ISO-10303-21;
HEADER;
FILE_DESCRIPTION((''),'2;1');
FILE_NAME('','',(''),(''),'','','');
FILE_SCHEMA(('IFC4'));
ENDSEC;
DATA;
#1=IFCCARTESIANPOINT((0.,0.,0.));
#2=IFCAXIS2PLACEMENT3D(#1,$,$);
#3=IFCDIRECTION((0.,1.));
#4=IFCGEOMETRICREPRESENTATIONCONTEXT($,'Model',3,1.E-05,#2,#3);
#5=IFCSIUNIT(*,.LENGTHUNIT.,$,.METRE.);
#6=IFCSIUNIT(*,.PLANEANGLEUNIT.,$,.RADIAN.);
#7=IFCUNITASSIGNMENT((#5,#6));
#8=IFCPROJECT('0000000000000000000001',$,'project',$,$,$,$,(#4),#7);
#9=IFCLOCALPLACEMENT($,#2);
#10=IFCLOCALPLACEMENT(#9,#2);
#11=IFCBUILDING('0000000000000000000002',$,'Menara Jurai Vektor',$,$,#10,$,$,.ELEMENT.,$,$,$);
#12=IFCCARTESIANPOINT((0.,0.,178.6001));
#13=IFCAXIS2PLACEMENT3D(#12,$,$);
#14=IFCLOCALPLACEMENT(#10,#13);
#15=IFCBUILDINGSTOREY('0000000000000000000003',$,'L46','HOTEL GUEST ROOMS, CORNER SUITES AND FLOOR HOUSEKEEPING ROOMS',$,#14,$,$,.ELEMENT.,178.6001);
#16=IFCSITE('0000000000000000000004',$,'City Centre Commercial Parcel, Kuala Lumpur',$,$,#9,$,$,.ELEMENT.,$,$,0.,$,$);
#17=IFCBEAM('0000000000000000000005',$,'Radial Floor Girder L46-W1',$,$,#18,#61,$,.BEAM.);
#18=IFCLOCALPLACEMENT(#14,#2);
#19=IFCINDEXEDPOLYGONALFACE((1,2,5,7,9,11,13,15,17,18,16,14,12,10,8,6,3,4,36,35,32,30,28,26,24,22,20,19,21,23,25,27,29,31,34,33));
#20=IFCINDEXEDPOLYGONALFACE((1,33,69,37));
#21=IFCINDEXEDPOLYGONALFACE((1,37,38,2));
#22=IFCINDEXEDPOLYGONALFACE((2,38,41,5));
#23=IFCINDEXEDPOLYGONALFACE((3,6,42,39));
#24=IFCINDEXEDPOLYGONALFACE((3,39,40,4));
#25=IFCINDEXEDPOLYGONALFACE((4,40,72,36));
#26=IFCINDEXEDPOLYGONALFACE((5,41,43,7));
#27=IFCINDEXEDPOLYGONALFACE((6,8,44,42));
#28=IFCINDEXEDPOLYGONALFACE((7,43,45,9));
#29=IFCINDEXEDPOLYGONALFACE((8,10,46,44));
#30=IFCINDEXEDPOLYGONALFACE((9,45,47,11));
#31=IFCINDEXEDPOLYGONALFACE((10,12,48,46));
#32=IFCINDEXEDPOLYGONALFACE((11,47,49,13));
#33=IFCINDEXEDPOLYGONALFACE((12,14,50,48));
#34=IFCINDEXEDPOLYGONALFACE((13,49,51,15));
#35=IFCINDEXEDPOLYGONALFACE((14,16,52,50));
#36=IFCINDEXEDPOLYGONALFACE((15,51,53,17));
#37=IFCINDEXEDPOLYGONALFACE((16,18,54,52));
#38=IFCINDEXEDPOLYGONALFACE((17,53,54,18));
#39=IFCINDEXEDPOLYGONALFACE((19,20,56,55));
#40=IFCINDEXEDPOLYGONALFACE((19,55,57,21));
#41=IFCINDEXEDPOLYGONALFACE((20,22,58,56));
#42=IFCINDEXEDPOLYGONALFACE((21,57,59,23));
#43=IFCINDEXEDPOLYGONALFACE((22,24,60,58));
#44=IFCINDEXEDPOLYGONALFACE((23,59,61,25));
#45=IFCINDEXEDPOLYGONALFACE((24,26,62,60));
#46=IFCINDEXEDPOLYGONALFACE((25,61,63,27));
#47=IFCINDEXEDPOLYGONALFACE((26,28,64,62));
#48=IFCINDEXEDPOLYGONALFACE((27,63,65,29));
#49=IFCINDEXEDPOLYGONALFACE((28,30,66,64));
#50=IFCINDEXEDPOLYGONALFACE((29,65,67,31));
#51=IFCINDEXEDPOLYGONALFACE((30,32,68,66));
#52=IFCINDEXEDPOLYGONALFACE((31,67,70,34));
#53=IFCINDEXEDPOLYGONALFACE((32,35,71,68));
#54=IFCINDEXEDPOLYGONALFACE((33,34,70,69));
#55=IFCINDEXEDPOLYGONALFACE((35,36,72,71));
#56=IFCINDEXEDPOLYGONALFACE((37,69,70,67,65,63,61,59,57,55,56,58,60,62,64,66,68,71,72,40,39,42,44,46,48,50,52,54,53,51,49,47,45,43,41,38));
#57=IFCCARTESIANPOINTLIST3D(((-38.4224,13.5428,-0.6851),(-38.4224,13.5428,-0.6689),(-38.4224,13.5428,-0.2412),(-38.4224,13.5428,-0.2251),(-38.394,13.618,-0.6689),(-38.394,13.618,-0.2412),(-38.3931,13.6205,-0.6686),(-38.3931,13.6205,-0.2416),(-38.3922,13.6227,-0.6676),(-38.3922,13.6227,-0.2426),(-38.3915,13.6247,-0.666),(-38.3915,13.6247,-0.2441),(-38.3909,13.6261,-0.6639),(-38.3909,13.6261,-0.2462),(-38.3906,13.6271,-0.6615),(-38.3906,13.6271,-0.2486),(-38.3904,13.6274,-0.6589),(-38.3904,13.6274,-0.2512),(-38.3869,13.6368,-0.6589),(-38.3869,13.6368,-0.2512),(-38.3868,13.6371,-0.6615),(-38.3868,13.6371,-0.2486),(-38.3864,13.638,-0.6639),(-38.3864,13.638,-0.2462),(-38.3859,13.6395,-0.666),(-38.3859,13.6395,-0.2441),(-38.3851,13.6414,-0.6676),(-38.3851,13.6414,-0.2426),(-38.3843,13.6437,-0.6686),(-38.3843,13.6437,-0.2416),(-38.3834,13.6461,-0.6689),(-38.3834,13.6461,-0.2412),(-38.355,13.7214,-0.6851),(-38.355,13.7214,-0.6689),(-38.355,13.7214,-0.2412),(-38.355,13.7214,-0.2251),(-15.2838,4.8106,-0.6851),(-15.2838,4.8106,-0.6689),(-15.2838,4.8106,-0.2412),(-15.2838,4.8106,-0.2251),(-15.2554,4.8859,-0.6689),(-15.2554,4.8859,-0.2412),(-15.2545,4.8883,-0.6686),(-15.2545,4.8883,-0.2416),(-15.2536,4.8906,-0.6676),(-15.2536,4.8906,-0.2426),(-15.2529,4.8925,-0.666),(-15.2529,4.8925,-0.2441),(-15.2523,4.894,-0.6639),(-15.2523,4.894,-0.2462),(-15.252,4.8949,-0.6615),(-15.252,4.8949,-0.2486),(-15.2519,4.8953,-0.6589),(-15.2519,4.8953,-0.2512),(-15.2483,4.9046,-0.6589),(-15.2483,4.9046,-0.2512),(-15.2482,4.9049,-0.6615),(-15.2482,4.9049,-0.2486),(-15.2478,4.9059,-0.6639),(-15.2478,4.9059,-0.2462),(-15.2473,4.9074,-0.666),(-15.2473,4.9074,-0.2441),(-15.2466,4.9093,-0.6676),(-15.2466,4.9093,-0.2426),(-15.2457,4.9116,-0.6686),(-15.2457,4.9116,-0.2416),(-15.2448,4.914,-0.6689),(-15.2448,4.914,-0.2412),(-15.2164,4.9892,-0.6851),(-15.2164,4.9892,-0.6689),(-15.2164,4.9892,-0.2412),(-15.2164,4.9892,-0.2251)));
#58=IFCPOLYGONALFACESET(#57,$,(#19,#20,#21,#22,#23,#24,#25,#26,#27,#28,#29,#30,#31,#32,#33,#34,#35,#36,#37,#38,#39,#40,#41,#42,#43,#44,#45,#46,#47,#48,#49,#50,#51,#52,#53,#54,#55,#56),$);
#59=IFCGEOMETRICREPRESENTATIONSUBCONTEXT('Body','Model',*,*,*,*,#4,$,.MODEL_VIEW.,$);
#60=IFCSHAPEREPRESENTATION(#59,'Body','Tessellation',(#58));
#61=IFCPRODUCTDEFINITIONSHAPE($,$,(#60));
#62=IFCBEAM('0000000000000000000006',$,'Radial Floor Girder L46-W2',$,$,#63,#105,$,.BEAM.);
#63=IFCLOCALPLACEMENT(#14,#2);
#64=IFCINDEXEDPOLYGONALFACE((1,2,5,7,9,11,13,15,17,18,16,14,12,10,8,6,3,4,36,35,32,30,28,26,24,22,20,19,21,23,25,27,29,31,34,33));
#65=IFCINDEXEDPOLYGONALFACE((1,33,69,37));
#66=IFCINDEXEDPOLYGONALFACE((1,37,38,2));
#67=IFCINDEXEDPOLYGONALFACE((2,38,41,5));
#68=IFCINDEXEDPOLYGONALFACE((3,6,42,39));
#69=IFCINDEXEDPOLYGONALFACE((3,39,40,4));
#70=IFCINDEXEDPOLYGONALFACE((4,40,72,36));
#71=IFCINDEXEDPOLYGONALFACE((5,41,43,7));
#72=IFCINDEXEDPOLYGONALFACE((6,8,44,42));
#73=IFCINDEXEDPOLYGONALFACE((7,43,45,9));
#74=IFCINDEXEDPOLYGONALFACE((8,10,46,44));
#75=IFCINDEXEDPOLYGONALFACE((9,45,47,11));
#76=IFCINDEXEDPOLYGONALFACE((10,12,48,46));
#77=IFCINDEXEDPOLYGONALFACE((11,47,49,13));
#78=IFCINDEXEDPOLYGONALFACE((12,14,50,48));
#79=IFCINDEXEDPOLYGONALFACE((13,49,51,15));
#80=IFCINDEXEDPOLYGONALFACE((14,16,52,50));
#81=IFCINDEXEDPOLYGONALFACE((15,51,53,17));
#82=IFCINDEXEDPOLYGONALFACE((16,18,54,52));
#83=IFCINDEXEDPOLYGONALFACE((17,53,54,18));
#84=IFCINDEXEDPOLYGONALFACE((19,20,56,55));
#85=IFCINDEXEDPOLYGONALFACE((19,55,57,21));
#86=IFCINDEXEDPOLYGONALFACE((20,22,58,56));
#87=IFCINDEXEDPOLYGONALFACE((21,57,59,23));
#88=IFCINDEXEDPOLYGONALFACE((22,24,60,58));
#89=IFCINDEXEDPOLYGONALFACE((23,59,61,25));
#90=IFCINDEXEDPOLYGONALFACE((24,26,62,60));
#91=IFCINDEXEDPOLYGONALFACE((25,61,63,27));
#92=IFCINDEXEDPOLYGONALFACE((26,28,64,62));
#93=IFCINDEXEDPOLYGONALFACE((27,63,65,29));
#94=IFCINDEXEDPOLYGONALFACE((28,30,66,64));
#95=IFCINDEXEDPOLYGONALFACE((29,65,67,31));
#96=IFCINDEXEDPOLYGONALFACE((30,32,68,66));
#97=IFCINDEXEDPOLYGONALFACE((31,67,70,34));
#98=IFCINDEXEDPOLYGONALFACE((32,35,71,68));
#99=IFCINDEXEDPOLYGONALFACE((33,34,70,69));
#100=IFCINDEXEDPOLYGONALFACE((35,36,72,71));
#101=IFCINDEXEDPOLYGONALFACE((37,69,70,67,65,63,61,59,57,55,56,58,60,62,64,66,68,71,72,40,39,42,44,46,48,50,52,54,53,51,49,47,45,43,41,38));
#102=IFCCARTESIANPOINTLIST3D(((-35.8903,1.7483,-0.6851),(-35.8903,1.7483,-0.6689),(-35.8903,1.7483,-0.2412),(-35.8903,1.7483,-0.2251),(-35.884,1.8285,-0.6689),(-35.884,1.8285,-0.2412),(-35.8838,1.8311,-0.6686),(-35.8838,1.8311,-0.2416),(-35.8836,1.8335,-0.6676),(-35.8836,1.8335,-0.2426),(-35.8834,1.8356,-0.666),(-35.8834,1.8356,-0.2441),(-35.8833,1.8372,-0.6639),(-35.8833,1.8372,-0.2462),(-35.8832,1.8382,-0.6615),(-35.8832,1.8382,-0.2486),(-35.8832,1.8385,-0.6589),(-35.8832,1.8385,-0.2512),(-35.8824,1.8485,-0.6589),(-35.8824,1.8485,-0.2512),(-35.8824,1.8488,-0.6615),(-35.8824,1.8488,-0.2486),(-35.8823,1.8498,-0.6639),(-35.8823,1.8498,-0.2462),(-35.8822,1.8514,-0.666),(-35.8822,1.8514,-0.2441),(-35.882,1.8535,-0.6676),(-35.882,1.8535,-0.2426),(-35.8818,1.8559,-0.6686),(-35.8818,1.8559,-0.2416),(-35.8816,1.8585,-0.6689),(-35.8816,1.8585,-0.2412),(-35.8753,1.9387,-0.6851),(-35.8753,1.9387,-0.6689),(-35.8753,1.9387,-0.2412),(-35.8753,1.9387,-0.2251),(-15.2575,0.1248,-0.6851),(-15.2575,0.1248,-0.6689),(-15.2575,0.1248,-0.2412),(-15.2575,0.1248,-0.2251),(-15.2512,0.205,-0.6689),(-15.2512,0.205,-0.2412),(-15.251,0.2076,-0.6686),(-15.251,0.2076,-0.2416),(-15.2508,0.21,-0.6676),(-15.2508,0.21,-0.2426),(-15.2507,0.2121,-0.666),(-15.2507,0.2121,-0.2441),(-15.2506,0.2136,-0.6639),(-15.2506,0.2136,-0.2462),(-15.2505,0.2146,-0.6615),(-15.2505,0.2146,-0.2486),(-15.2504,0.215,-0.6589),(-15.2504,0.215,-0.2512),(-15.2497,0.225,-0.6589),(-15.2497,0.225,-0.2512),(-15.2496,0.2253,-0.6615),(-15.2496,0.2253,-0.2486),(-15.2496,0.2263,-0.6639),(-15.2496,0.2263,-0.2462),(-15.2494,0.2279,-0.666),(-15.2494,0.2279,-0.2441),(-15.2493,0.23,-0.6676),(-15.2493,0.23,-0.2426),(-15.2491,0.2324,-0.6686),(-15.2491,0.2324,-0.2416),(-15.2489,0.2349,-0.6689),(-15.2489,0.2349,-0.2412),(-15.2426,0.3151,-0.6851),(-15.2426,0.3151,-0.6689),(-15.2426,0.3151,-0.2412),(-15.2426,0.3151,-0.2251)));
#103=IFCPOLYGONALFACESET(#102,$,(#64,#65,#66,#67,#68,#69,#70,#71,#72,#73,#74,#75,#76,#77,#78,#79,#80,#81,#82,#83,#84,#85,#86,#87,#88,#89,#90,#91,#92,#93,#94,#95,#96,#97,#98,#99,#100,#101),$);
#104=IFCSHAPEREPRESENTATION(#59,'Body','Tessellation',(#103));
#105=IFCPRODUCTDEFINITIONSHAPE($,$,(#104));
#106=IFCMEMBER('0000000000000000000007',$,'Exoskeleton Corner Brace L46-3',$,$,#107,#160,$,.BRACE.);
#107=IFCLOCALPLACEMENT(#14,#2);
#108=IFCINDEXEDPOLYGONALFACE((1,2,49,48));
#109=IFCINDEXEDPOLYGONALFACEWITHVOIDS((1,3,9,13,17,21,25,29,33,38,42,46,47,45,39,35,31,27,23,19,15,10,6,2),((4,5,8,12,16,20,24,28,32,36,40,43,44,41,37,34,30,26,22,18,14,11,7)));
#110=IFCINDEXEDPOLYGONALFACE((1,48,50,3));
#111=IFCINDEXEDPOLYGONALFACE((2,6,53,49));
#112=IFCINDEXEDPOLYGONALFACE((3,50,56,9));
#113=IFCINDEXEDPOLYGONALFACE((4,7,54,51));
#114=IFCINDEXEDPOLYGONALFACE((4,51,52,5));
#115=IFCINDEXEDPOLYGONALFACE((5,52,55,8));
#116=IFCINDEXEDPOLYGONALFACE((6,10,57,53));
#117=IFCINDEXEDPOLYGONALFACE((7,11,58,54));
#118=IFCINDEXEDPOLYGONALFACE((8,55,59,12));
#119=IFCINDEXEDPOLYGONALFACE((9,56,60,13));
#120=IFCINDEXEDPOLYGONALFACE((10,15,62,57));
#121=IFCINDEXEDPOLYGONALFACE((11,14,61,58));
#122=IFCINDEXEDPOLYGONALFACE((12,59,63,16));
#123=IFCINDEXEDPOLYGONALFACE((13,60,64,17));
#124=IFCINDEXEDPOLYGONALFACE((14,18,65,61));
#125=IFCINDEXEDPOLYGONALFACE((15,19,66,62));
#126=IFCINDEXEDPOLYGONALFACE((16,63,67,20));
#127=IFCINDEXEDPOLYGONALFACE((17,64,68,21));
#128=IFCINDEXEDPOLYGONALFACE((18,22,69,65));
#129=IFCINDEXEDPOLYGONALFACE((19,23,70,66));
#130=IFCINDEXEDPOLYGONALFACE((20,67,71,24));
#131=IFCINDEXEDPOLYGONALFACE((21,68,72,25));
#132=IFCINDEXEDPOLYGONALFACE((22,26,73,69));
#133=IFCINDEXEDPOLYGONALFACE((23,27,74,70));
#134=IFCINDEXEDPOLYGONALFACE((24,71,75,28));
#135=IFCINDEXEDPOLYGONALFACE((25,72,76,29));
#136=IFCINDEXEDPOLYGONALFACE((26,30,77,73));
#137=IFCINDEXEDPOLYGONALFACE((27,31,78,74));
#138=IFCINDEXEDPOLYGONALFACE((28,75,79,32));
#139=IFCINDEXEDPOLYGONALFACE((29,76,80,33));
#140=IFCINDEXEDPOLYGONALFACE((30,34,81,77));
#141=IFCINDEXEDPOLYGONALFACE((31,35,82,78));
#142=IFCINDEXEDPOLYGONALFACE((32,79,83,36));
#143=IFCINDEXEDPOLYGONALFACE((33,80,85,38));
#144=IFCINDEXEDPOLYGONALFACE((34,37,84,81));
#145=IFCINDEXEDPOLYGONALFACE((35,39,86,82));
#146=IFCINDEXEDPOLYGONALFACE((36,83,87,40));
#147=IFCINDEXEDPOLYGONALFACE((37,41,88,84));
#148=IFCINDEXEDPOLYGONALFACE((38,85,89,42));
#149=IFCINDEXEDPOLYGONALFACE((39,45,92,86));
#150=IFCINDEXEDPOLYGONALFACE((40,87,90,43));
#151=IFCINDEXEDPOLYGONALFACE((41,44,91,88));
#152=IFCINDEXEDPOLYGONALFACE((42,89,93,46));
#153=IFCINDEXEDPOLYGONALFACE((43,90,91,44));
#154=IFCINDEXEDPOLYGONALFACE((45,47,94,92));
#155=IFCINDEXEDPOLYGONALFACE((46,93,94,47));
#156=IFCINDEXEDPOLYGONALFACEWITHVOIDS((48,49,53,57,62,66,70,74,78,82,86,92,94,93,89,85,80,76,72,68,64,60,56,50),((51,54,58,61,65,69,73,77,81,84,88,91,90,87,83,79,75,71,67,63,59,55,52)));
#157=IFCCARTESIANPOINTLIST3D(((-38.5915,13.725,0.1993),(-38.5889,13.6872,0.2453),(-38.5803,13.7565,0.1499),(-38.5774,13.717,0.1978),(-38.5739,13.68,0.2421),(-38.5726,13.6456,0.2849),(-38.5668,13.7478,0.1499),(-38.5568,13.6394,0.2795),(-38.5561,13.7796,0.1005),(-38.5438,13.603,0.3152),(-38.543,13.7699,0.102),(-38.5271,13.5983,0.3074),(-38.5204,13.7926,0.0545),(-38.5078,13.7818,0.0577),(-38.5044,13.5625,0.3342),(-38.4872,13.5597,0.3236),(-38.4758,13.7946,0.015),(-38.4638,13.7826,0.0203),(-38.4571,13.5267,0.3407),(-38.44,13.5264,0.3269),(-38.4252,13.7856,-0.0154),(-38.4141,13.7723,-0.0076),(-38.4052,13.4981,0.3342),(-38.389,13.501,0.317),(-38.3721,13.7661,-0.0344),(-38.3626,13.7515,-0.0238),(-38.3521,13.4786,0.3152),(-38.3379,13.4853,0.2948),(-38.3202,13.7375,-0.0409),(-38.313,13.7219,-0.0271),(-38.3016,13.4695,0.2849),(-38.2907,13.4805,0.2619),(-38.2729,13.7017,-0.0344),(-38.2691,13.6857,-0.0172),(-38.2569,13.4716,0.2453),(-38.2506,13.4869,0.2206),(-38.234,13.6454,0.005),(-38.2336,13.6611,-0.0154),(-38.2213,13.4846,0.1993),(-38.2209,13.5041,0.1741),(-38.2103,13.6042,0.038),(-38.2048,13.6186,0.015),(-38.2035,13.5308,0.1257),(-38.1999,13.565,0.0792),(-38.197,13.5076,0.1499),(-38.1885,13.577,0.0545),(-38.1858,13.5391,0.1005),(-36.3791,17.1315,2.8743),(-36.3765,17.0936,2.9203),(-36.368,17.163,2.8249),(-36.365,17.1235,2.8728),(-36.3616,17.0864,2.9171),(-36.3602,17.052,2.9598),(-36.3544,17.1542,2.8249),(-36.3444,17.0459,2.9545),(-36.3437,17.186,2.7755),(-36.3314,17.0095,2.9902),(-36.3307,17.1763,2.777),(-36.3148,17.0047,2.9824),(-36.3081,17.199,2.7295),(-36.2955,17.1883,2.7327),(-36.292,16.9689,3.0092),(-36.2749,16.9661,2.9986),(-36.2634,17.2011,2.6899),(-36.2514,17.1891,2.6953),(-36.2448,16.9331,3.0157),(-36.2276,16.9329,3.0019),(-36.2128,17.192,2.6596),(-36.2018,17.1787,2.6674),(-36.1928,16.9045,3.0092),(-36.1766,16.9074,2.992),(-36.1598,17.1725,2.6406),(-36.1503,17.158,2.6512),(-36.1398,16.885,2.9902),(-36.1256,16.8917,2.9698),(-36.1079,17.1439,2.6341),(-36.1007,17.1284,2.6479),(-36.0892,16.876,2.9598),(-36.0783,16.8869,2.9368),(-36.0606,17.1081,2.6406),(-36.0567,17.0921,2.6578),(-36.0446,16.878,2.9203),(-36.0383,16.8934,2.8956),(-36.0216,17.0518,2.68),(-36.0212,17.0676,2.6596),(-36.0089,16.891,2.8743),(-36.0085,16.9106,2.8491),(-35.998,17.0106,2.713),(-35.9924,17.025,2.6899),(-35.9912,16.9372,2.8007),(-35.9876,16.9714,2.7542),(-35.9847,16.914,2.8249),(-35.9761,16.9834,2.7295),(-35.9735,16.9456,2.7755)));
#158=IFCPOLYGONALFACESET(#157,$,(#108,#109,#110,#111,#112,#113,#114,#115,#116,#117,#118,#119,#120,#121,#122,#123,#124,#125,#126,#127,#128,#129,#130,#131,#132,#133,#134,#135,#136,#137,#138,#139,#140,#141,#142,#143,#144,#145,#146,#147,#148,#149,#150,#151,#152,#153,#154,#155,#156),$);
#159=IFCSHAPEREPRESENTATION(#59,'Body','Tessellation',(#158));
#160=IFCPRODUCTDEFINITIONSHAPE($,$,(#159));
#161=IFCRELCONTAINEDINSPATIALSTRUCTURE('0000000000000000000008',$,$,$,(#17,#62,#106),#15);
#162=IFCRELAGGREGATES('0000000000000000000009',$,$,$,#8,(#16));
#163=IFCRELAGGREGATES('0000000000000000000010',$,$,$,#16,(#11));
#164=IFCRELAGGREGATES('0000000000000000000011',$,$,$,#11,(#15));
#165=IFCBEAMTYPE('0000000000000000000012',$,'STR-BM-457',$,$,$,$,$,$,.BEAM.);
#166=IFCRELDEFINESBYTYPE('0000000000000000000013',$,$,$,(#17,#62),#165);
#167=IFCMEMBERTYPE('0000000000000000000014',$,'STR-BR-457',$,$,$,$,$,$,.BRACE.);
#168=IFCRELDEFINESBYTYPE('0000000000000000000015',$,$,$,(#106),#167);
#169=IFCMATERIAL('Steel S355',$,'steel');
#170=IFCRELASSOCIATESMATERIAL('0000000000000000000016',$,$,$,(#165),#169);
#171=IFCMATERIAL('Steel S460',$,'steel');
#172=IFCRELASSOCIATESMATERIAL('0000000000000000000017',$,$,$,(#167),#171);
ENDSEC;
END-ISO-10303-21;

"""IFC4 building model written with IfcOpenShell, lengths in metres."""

from ifc_helpers import new_model, si_unit, direction, frame, origin, origin_2d, place, context, subcontext, project, spatial, hollow_circle, i_section, extrude, material, material_profile, profile_set, type_object, element, save


model = new_model("IFC4")

# Units and contexts
model_context = context("Model", 3, precision=1e-05, world=origin(), true_north=direction((0.0, 1.0)))
body_context = subcontext(model_context, "Body", "Model", "MODEL_VIEW")
ifc_project = project(units=[si_unit("LENGTHUNIT", "METRE"), si_unit("PLANEANGLEUNIT", "RADIAN")], contexts=[model_context])

# Site, building, storey
site_placement = place(None, origin())
site = spatial("IfcSite", under=ifc_project, at=site_placement, Name="City Centre Commercial Parcel, Kuala Lumpur", CompositionType="ELEMENT", RefElevation=0.0)
building_placement = place(site_placement, origin())
building = spatial("IfcBuilding", under=site, at=building_placement, Name="Menara Jurai Vektor", CompositionType="ELEMENT")
storey_placement = place(building_placement, frame((0.0, 0.0, 178.6001)))
storey = spatial("IfcBuildingStorey", under=building, at=storey_placement, Name="L46", Description="HOTEL GUEST ROOMS, CORNER SUITES AND FLOOR HOUSEKEEPING ROOMS", CompositionType="ELEMENT", Elevation=178.6001)

# Shared definitions
ifc_material_1 = material(Name="Steel S460", Category="steel")

# Beams
ifc_material_2 = material(Name="Steel S355", Category="steel")
ifc_material_profile_1 = material_profile(ifc_material_2, i_section(OverallWidth=0.1909, OverallDepth=0.46, WebThickness=0.01, FlangeThickness=0.0161, FilletRadius=0.01, at=origin_2d()), Name="UKB 457x191x82")
ifc_profile_set_1 = profile_set([ifc_material_profile_1], Name="Steel S355")
beam_type_1 = type_object("IfcBeamType", Name="STR-BM-457", PredefinedType="BEAM", material=ifc_profile_set_1)
beam_1_placement = place(storey_placement, frame((-38.3887, 13.6321, -0.4551), z_axis=(0.935594, -0.353079, 0.0), x_axis=(0.353079, 0.935594, 0.0)))
element("IfcBeam", 1, at=beam_1_placement, inside=storey, type_object=beam_type_1, Name="Radial Floor Girder L46-W1", PredefinedType="BEAM", context=body_context, shape_type="SweptSolid", body=[
    extrude(i_section(OverallWidth=0.1909, OverallDepth=0.46, WebThickness=0.01, FlangeThickness=0.0161, FilletRadius=0.01, at=origin_2d()), origin(), (0.0, 0.0, 1.0), 24.7314),
])
beam_2_placement = place(storey_placement, frame((-35.8828, 1.8435, -0.4551), z_axis=(0.996918, -0.078445, 0.0), x_axis=(0.078445, 0.996918, 0.0)))
element("IfcBeam", 2, at=beam_2_placement, inside=storey, type_object=beam_type_1, Name="Radial Floor Girder L46-W2", PredefinedType="BEAM", context=body_context, shape_type="SweptSolid", body=[
    extrude(i_section(OverallWidth=0.1909, OverallDepth=0.46, WebThickness=0.01, FlangeThickness=0.0161, FilletRadius=0.01, at=origin_2d()), origin(), (0.0, 0.0, 1.0), 20.6965),
])

# Member
ifc_material_profile_2 = material_profile(ifc_material_1, hollow_circle(Radius=0.2285, WallThickness=0.0161, at=origin_2d()), Name="CHS 457x16")
ifc_profile_set_2 = profile_set([ifc_material_profile_2], Name="Steel S460")
member_type_1 = type_object("IfcMemberType", Name="STR-BR-457", PredefinedType="BRACE", material=ifc_profile_set_2)
member_1_placement = place(storey_placement, frame((-38.3887, 13.6321, 0.1499), z_axis=(0.454888, 0.700403, 0.550012), x_axis=(-0.838648, 0.544674, 0.0)))
element("IfcMember", 3, at=member_1_placement, inside=storey, type_object=member_type_1, Name="Exoskeleton Corner Brace L46-3", PredefinedType="BRACE", context=body_context, shape_type="SweptSolid", body=[
    extrude(hollow_circle(Radius=0.2285, WallThickness=0.0161, at=origin_2d()), origin(), (0.0, 0.0, 1.0), 4.8635),
])

save(model, "model.ifc")
